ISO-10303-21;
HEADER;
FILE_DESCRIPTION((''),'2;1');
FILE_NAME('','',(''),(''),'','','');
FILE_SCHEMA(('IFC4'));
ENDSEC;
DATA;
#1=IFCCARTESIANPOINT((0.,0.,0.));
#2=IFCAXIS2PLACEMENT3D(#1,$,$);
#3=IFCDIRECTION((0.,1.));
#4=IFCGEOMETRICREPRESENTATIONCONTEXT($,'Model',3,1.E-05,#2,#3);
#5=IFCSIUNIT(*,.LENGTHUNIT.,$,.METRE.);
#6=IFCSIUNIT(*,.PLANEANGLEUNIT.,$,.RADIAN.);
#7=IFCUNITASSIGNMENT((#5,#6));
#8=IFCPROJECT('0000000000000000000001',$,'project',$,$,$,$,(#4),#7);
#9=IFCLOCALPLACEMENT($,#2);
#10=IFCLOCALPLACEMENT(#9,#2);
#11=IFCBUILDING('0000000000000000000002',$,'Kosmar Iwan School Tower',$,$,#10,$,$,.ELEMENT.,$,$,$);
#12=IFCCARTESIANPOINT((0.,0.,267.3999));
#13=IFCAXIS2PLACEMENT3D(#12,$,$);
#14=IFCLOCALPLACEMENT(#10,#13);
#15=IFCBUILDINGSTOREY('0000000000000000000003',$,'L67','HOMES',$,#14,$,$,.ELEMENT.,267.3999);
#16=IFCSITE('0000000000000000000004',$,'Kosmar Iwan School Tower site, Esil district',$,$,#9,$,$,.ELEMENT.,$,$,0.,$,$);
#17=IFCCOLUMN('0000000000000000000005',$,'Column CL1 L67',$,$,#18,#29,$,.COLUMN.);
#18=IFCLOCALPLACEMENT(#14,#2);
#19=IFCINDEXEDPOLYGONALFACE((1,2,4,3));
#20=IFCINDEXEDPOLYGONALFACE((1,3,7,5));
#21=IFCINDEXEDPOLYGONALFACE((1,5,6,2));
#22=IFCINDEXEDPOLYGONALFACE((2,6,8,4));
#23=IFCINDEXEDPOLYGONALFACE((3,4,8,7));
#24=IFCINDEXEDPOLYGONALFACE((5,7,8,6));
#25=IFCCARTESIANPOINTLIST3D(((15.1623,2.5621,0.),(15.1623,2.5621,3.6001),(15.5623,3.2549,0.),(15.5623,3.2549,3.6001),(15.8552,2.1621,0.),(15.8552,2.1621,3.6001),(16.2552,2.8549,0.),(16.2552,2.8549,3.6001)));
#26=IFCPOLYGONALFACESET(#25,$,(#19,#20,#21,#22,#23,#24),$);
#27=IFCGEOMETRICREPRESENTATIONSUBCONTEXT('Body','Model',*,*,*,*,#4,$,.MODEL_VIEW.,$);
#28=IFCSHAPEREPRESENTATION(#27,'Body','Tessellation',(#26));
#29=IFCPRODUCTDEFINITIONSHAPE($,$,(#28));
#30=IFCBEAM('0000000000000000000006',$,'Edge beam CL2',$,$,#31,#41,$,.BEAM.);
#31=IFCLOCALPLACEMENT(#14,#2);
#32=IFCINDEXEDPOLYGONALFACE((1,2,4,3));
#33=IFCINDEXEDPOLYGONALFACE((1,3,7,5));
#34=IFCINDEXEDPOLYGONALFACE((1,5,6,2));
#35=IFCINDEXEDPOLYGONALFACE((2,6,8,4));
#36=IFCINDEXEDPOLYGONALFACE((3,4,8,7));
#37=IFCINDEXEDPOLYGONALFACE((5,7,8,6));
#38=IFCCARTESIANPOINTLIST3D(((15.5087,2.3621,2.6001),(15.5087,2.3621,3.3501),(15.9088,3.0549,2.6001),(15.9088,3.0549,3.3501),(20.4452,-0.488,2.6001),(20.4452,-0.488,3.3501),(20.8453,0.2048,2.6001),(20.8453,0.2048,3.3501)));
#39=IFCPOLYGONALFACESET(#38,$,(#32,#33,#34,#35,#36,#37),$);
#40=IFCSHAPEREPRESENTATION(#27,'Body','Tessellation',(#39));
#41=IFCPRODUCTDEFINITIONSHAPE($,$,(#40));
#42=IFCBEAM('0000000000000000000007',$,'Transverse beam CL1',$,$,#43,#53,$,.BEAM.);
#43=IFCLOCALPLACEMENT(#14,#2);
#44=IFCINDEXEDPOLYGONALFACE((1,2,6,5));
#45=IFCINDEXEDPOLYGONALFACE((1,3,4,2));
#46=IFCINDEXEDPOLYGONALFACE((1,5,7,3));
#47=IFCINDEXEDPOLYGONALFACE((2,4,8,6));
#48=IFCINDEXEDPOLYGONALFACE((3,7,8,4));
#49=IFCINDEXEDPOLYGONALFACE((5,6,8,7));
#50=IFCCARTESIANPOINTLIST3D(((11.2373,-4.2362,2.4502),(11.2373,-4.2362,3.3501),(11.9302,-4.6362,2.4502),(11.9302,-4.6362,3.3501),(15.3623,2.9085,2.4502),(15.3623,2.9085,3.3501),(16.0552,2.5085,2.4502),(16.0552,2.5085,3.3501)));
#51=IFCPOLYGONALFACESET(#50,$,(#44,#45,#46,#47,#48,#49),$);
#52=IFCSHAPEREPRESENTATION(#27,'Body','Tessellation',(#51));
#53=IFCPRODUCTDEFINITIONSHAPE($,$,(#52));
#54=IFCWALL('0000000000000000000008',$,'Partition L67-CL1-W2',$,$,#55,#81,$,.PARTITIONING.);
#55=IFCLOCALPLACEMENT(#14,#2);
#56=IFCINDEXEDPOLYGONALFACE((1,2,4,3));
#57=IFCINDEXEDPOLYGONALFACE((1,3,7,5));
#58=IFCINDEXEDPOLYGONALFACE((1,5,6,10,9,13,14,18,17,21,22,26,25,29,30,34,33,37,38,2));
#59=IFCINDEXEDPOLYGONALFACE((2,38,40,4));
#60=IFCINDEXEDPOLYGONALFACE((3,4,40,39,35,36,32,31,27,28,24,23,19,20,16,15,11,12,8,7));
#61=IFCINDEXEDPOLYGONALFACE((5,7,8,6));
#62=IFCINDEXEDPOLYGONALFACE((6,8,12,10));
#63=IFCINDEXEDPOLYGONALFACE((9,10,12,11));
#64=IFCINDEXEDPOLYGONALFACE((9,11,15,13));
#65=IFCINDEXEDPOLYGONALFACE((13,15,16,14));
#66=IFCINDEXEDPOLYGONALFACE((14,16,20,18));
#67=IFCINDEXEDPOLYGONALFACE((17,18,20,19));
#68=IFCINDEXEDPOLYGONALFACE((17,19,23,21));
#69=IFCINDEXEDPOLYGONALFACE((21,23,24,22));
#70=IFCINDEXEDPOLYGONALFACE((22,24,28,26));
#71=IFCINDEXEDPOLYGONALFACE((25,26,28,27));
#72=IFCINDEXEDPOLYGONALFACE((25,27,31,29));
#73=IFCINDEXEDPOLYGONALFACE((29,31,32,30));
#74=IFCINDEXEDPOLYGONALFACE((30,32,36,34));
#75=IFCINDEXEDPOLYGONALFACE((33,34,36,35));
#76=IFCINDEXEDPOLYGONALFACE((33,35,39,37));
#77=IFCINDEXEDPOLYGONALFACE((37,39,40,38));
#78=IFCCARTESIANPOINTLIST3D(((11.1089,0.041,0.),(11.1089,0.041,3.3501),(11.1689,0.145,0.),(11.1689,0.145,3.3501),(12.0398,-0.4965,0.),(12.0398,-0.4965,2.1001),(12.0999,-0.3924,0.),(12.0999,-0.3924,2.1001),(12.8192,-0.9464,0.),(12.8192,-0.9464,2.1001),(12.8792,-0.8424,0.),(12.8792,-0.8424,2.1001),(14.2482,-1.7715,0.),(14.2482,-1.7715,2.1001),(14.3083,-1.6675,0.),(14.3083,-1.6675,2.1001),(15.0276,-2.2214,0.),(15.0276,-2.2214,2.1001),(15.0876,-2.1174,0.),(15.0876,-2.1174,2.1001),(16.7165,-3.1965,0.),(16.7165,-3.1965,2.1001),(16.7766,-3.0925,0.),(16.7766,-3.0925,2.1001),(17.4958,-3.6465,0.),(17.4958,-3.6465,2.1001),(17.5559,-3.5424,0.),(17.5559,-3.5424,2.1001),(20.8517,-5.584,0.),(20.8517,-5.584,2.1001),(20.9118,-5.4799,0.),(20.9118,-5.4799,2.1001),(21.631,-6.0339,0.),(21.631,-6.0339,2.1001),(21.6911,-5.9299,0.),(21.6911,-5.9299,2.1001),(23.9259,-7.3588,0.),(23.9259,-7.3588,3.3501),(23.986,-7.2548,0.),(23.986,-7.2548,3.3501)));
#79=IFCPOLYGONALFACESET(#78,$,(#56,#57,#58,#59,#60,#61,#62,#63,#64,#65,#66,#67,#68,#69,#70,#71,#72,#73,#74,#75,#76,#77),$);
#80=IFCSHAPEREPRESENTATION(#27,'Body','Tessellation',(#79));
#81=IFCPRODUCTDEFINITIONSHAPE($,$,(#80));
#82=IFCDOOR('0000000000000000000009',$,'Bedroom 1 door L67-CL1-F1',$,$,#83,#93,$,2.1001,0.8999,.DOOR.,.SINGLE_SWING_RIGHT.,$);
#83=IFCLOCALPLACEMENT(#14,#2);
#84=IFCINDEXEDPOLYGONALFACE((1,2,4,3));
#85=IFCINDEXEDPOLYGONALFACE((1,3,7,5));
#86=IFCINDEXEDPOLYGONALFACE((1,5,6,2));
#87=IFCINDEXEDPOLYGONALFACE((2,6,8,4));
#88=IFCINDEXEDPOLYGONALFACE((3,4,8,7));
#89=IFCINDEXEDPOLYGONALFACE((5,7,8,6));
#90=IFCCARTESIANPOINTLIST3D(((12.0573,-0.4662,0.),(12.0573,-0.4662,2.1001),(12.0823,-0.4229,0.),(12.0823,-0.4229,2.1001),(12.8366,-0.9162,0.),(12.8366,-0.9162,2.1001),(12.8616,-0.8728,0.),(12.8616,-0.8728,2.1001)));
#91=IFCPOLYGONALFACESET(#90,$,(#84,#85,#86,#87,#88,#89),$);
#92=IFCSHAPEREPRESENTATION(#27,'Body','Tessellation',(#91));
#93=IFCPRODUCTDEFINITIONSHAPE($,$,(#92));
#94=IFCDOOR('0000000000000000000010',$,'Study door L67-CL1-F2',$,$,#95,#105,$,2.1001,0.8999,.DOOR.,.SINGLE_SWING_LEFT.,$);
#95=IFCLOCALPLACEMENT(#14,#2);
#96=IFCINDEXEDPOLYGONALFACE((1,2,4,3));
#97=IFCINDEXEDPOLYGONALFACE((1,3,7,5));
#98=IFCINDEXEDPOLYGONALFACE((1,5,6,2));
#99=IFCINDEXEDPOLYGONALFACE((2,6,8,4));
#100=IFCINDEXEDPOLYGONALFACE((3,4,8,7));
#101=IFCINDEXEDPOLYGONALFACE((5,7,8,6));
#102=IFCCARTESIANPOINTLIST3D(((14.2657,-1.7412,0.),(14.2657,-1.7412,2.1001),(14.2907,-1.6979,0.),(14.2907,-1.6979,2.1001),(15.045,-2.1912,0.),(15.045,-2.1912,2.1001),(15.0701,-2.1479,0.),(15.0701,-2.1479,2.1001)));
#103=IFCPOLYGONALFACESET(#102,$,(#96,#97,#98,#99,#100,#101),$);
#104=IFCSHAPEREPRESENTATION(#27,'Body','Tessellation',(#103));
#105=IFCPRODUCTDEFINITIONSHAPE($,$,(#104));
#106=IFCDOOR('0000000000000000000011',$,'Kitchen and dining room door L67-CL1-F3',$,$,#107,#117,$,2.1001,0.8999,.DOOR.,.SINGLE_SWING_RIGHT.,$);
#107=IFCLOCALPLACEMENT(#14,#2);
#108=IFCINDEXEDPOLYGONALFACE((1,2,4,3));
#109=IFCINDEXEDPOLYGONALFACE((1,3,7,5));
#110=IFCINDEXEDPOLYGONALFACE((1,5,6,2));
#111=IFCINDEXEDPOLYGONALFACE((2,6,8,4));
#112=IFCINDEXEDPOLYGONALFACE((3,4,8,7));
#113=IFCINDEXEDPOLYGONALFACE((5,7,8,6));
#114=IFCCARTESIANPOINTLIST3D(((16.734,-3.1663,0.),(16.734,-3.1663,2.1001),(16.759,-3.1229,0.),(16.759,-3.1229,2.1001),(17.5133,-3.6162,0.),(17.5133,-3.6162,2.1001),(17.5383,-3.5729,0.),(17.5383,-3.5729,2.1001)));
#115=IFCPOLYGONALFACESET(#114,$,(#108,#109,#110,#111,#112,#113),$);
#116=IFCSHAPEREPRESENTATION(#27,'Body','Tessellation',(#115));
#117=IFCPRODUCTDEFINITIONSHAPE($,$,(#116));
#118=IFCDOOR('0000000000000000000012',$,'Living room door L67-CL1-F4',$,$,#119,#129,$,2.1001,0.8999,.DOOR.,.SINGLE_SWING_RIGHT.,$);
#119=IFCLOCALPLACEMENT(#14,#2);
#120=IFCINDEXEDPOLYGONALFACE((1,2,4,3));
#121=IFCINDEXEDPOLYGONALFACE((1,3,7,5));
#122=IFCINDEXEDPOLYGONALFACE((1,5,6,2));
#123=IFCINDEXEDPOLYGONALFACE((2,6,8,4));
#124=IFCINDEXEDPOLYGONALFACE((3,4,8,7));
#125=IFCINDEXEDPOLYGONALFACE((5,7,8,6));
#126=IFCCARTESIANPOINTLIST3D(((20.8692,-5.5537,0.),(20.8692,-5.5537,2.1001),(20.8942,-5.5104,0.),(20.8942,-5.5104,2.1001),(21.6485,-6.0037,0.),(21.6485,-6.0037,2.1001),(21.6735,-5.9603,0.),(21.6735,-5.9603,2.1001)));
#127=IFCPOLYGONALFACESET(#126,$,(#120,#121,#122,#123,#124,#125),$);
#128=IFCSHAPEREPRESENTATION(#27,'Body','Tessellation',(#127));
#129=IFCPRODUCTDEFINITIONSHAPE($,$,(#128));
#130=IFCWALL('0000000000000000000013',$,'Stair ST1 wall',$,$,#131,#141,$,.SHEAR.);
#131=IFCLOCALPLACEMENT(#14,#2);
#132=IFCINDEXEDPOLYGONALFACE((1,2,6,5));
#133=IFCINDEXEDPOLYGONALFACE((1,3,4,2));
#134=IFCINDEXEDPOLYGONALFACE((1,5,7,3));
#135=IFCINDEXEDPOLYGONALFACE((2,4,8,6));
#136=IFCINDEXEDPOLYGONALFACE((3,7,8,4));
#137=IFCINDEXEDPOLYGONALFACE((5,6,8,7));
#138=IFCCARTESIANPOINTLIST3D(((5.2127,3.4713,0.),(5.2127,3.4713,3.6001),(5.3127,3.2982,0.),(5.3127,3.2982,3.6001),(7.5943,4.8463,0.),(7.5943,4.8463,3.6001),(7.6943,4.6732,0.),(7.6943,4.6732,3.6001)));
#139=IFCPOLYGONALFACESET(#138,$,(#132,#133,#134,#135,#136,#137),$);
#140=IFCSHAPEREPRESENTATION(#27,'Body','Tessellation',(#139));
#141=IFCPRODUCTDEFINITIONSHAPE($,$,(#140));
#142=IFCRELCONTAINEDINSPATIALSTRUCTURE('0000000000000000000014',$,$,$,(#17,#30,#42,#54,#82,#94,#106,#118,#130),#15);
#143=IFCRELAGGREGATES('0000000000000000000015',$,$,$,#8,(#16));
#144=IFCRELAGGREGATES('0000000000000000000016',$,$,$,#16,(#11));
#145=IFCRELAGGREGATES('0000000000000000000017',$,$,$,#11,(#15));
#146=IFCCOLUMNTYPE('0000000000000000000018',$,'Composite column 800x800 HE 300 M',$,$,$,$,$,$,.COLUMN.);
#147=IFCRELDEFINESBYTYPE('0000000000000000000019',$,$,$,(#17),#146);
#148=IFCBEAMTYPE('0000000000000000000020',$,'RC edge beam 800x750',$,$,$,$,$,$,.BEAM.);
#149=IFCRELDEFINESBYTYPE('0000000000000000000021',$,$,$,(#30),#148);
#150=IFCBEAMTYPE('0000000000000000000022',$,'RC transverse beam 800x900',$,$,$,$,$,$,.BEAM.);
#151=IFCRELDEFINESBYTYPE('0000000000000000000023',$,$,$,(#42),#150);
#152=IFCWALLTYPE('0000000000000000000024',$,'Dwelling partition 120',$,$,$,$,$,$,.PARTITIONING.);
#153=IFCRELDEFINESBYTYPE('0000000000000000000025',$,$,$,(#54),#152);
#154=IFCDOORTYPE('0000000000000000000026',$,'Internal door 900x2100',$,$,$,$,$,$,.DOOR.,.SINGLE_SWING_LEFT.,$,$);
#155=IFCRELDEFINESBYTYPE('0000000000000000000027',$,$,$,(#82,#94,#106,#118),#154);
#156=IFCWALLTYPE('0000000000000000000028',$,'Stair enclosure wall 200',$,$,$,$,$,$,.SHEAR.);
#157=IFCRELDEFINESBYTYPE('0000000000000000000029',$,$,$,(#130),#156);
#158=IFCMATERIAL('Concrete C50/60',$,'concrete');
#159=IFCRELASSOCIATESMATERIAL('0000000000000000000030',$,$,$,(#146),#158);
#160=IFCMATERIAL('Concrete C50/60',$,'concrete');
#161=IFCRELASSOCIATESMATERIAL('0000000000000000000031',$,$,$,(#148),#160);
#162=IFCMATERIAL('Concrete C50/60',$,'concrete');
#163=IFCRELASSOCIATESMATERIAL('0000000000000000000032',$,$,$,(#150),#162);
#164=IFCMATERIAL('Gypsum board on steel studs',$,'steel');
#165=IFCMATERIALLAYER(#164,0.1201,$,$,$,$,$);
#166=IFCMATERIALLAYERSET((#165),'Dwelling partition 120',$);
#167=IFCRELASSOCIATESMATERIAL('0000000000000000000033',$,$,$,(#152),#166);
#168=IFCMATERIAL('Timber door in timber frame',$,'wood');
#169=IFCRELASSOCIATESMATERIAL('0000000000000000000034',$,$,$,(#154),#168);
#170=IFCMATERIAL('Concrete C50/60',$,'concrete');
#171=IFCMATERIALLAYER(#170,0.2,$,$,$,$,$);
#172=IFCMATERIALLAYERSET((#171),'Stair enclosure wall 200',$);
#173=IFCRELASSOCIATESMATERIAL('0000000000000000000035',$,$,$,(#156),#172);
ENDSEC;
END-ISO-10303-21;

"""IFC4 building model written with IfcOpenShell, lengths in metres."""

from ifc_helpers import new_model, si_unit, direction, frame, frame_2d, origin, origin_2d, place, context, subcontext, project, spatial, rectangle, extrude, material, layer, layer_set, material_profile, profile_set, type_object, element, fill, save


model = new_model("IFC4")

# Units and contexts
model_context = context("Model", 3, precision=1e-05, world=origin(), true_north=direction((0.0, 1.0)))
body_context = subcontext(model_context, "Body", "Model", "MODEL_VIEW")
ifc_project = project(units=[si_unit("LENGTHUNIT", "METRE"), si_unit("PLANEANGLEUNIT", "RADIAN")], contexts=[model_context])

# Site, building, storey
site_placement = place(None, origin())
site = spatial("IfcSite", under=ifc_project, at=site_placement, Name="Kosmar Iwan School Tower site, Esil district", CompositionType="ELEMENT", RefElevation=0.0)
building_placement = place(site_placement, origin())
building = spatial("IfcBuilding", under=site, at=building_placement, Name="Kosmar Iwan School Tower", CompositionType="ELEMENT")
storey_placement = place(building_placement, frame((0.0, 0.0, 267.3999)))
storey = spatial("IfcBuildingStorey", under=building, at=storey_placement, Name="L67", Description="HOMES", CompositionType="ELEMENT", Elevation=267.3999)

# Column
ifc_material_1 = material(Name="Concrete C50/60", Category="concrete")
ifc_material_profile_1 = material_profile(ifc_material_1, rectangle(XDim=0.8, YDim=0.8, at=origin_2d()), Name="RC 800x800 + HE 300 M")
ifc_profile_set_1 = profile_set([ifc_material_profile_1], Name="Concrete C50/60")
column_type = type_object("IfcColumnType", Name="Composite column 800x800 HE 300 M", PredefinedType="COLUMN", material=ifc_profile_set_1)
column_placement = place(storey_placement, frame((15.7087, 2.7085, 0.0), z_axis=(0.0, 0.0, 1.0), x_axis=(0.866025, -0.5, 0.0)))
element("IfcColumn", 1, at=column_placement, inside=storey, type_object=column_type, Name="Column CL1 L67", PredefinedType="COLUMN", context=body_context, shape_type="SweptSolid", body=[
    extrude(rectangle(XDim=0.8, YDim=0.8, at=origin_2d()), origin(), (0.0, 0.0, 1.0), 3.6001),
])

# Beams
ifc_material_2 = material(Name="Concrete C50/60", Category="concrete")
ifc_material_profile_2 = material_profile(ifc_material_2, rectangle(XDim=0.8, YDim=0.75, at=origin_2d()), Name="RC 800x750")
ifc_profile_set_2 = profile_set([ifc_material_profile_2], Name="Concrete C50/60")
beam_type_1 = type_object("IfcBeamType", Name="RC edge beam 800x750", PredefinedType="BEAM", material=ifc_profile_set_2)
beam_1_placement = place(storey_placement, frame((15.7087, 2.7085, 2.9751), z_axis=(0.866026, -0.499999, 0.0), x_axis=(0.499999, 0.866026, 0.0)))
element("IfcBeam", 2, at=beam_1_placement, inside=storey, type_object=beam_type_1, Name="Edge beam CL2", PredefinedType="BEAM", context=body_context, shape_type="SweptSolid", body=[
    extrude(rectangle(XDim=0.8, YDim=0.75, at=origin_2d()), origin(), (0.0, 0.0, 1.0), 5.7002),
])
ifc_material_3 = material(Name="Concrete C50/60", Category="concrete")
ifc_material_profile_3 = material_profile(ifc_material_3, rectangle(XDim=0.8, YDim=0.8999, at=origin_2d()), Name="RC 800x900")
ifc_profile_set_3 = profile_set([ifc_material_profile_3], Name="Concrete C50/60")
beam_type_2 = type_object("IfcBeamType", Name="RC transverse beam 800x900", PredefinedType="BEAM", material=ifc_profile_set_3)
beam_2_placement = place(storey_placement, frame((15.7087, 2.7085, 2.9001), z_axis=(-0.499997, -0.866027, 0.0), x_axis=(0.866027, -0.499997, 0.0)))
element("IfcBeam", 3, at=beam_2_placement, inside=storey, type_object=beam_type_2, Name="Transverse beam CL1", PredefinedType="BEAM", context=body_context, shape_type="SweptSolid", body=[
    extrude(rectangle(XDim=0.8, YDim=0.8999, at=origin_2d()), origin(), (0.0, 0.0, 1.0), 8.25),
])

# Wall, openings, doors
ifc_material_4 = material(Name="Gypsum board on steel studs", Category="steel")
ifc_layer_1 = layer(ifc_material_4, 0.1201)
ifc_layer_set_1 = layer_set([ifc_layer_1], Name="Dwelling partition 120")
wall_type_1 = type_object("IfcWallType", Name="Dwelling partition 120", PredefinedType="PARTITIONING", material=ifc_layer_set_1)
wall_1_placement = place(storey_placement, frame((11.1389, 0.093, 0.0), z_axis=(0.0, 0.0, 1.0), x_axis=(0.866028, -0.499996, 0.0)))
wall_1 = element("IfcWall", 4, at=wall_1_placement, inside=storey, type_object=wall_type_1, Name="Partition L67-CL1-W2", PredefinedType="PARTITIONING", context=body_context, shape_type="SweptSolid", body=[
    extrude(rectangle(XDim=14.7998, YDim=0.1201, at=frame_2d((7.3999, 0.0))), origin(), (0.0, 0.0, 1.0), 3.3501),
])
opening_1_placement = place(wall_1_placement, frame((1.075, 0.0, 0.0)))
opening_1 = element("IfcOpeningElement", 5, at=opening_1_placement, cuts=wall_1, PredefinedType="OPENING", context=body_context, shape_type="SweptSolid", body=[
    extrude(rectangle(XDim=0.8999, YDim=2.1001, at=frame_2d((0.45, 1.05))), frame((0.0, 0.072, 0.0), z_axis=(0.0, -1.0, 0.0), x_axis=(1.0, 0.0, 0.0)), (0.0, 0.0, 1.0), 0.144),
])
opening_2_placement = place(wall_1_placement, frame((3.625, 0.0, 0.0)))
opening_2 = element("IfcOpeningElement", 6, at=opening_2_placement, cuts=wall_1, PredefinedType="OPENING", context=body_context, shape_type="SweptSolid", body=[
    extrude(rectangle(XDim=0.8999, YDim=2.1001, at=frame_2d((0.45, 1.05))), frame((0.0, 0.072, 0.0), z_axis=(0.0, -1.0, 0.0), x_axis=(1.0, 0.0, 0.0)), (0.0, 0.0, 1.0), 0.144),
])
opening_3_placement = place(wall_1_placement, frame((6.4751, 0.0, 0.0)))
opening_3 = element("IfcOpeningElement", 7, at=opening_3_placement, cuts=wall_1, PredefinedType="OPENING", context=body_context, shape_type="SweptSolid", body=[
    extrude(rectangle(XDim=0.8999, YDim=2.1001, at=frame_2d((0.45, 1.05))), frame((0.0, 0.072, 0.0), z_axis=(0.0, -1.0, 0.0), x_axis=(1.0, 0.0, 0.0)), (0.0, 0.0, 1.0), 0.144),
])
opening_4_placement = place(wall_1_placement, frame((11.25, 0.0, 0.0)))
opening_4 = element("IfcOpeningElement", 8, at=opening_4_placement, cuts=wall_1, PredefinedType="OPENING", context=body_context, shape_type="SweptSolid", body=[
    extrude(rectangle(XDim=0.8999, YDim=2.1001, at=frame_2d((0.45, 1.05))), frame((0.0, 0.072, 0.0), z_axis=(0.0, -1.0, 0.0), x_axis=(1.0, 0.0, 0.0)), (0.0, 0.0, 1.0), 0.144),
])
ifc_material_5 = material(Name="Timber door in timber frame", Category="wood")
door_type = type_object("IfcDoorType", Name="Internal door 900x2100", OperationType="SINGLE_SWING_LEFT", PredefinedType="DOOR", material=ifc_material_5)
door_1_placement = place(opening_1_placement, origin())
door_1 = element("IfcDoor", 9, at=door_1_placement, inside=storey, type_object=door_type, Name="Bedroom 1 door L67-CL1-F1", OperationType="SINGLE_SWING_RIGHT", OverallHeight=2.1001, OverallWidth=0.8999, PredefinedType="DOOR", context=body_context, shape_type="SweptSolid", body=[
    extrude(rectangle(XDim=0.8999, YDim=2.1001, at=frame_2d((0.45, 1.05))), frame((0.0, 0.0249, 0.0), z_axis=(0.0, -1.0, 0.0), x_axis=(1.0, 0.0, 0.0)), (0.0, 0.0, 1.0), 0.05),
])
fill(opening_1, door_1)
door_2_placement = place(opening_2_placement, origin())
door_2 = element("IfcDoor", 10, at=door_2_placement, inside=storey, type_object=door_type, Name="Study door L67-CL1-F2", OperationType="SINGLE_SWING_LEFT", OverallHeight=2.1001, OverallWidth=0.8999, PredefinedType="DOOR", context=body_context, shape_type="SweptSolid", body=[
    extrude(rectangle(XDim=0.8999, YDim=2.1001, at=frame_2d((0.45, 1.05))), frame((0.0, 0.0249, 0.0), z_axis=(0.0, -1.0, 0.0), x_axis=(1.0, 0.0, 0.0)), (0.0, 0.0, 1.0), 0.05),
])
fill(opening_2, door_2)
door_3_placement = place(opening_3_placement, origin())
door_3 = element("IfcDoor", 11, at=door_3_placement, inside=storey, type_object=door_type, Name="Kitchen and dining room door L67-CL1-F3", OperationType="SINGLE_SWING_RIGHT", OverallHeight=2.1001, OverallWidth=0.8999, PredefinedType="DOOR", context=body_context, shape_type="SweptSolid", body=[
    extrude(rectangle(XDim=0.8999, YDim=2.1001, at=frame_2d((0.45, 1.05))), frame((0.0, 0.0249, 0.0), z_axis=(0.0, -1.0, 0.0), x_axis=(1.0, 0.0, 0.0)), (0.0, 0.0, 1.0), 0.05),
])
fill(opening_3, door_3)
door_4_placement = place(opening_4_placement, origin())
door_4 = element("IfcDoor", 12, at=door_4_placement, inside=storey, type_object=door_type, Name="Living room door L67-CL1-F4", OperationType="SINGLE_SWING_RIGHT", OverallHeight=2.1001, OverallWidth=0.8999, PredefinedType="DOOR", context=body_context, shape_type="SweptSolid", body=[
    extrude(rectangle(XDim=0.8999, YDim=2.1001, at=frame_2d((0.45, 1.05))), frame((0.0, 0.0249, 0.0), z_axis=(0.0, -1.0, 0.0), x_axis=(1.0, 0.0, 0.0)), (0.0, 0.0, 1.0), 0.05),
])
fill(opening_4, door_4)

# Wall
ifc_material_6 = material(Name="Concrete C50/60", Category="concrete")
ifc_layer_2 = layer(ifc_material_6, 0.2)
ifc_layer_set_2 = layer_set([ifc_layer_2], Name="Stair enclosure wall 200")
wall_type_2 = type_object("IfcWallType", Name="Stair enclosure wall 200", PredefinedType="SHEAR", material=ifc_layer_set_2)
wall_2_placement = place(storey_placement, frame((5.2627, 3.3848, 0.0), z_axis=(0.0, 0.0, 1.0), x_axis=(0.866027, 0.499997, 0.0)))
element("IfcWall", 13, at=wall_2_placement, inside=storey, type_object=wall_type_2, Name="Stair ST1 wall", PredefinedType="SHEAR", context=body_context, shape_type="SweptSolid", body=[
    extrude(rectangle(XDim=2.75, YDim=0.2, at=frame_2d((1.375, 0.0))), origin(), (0.0, 0.0, 1.0), 3.6001),
])

save(model, "model.ifc")
